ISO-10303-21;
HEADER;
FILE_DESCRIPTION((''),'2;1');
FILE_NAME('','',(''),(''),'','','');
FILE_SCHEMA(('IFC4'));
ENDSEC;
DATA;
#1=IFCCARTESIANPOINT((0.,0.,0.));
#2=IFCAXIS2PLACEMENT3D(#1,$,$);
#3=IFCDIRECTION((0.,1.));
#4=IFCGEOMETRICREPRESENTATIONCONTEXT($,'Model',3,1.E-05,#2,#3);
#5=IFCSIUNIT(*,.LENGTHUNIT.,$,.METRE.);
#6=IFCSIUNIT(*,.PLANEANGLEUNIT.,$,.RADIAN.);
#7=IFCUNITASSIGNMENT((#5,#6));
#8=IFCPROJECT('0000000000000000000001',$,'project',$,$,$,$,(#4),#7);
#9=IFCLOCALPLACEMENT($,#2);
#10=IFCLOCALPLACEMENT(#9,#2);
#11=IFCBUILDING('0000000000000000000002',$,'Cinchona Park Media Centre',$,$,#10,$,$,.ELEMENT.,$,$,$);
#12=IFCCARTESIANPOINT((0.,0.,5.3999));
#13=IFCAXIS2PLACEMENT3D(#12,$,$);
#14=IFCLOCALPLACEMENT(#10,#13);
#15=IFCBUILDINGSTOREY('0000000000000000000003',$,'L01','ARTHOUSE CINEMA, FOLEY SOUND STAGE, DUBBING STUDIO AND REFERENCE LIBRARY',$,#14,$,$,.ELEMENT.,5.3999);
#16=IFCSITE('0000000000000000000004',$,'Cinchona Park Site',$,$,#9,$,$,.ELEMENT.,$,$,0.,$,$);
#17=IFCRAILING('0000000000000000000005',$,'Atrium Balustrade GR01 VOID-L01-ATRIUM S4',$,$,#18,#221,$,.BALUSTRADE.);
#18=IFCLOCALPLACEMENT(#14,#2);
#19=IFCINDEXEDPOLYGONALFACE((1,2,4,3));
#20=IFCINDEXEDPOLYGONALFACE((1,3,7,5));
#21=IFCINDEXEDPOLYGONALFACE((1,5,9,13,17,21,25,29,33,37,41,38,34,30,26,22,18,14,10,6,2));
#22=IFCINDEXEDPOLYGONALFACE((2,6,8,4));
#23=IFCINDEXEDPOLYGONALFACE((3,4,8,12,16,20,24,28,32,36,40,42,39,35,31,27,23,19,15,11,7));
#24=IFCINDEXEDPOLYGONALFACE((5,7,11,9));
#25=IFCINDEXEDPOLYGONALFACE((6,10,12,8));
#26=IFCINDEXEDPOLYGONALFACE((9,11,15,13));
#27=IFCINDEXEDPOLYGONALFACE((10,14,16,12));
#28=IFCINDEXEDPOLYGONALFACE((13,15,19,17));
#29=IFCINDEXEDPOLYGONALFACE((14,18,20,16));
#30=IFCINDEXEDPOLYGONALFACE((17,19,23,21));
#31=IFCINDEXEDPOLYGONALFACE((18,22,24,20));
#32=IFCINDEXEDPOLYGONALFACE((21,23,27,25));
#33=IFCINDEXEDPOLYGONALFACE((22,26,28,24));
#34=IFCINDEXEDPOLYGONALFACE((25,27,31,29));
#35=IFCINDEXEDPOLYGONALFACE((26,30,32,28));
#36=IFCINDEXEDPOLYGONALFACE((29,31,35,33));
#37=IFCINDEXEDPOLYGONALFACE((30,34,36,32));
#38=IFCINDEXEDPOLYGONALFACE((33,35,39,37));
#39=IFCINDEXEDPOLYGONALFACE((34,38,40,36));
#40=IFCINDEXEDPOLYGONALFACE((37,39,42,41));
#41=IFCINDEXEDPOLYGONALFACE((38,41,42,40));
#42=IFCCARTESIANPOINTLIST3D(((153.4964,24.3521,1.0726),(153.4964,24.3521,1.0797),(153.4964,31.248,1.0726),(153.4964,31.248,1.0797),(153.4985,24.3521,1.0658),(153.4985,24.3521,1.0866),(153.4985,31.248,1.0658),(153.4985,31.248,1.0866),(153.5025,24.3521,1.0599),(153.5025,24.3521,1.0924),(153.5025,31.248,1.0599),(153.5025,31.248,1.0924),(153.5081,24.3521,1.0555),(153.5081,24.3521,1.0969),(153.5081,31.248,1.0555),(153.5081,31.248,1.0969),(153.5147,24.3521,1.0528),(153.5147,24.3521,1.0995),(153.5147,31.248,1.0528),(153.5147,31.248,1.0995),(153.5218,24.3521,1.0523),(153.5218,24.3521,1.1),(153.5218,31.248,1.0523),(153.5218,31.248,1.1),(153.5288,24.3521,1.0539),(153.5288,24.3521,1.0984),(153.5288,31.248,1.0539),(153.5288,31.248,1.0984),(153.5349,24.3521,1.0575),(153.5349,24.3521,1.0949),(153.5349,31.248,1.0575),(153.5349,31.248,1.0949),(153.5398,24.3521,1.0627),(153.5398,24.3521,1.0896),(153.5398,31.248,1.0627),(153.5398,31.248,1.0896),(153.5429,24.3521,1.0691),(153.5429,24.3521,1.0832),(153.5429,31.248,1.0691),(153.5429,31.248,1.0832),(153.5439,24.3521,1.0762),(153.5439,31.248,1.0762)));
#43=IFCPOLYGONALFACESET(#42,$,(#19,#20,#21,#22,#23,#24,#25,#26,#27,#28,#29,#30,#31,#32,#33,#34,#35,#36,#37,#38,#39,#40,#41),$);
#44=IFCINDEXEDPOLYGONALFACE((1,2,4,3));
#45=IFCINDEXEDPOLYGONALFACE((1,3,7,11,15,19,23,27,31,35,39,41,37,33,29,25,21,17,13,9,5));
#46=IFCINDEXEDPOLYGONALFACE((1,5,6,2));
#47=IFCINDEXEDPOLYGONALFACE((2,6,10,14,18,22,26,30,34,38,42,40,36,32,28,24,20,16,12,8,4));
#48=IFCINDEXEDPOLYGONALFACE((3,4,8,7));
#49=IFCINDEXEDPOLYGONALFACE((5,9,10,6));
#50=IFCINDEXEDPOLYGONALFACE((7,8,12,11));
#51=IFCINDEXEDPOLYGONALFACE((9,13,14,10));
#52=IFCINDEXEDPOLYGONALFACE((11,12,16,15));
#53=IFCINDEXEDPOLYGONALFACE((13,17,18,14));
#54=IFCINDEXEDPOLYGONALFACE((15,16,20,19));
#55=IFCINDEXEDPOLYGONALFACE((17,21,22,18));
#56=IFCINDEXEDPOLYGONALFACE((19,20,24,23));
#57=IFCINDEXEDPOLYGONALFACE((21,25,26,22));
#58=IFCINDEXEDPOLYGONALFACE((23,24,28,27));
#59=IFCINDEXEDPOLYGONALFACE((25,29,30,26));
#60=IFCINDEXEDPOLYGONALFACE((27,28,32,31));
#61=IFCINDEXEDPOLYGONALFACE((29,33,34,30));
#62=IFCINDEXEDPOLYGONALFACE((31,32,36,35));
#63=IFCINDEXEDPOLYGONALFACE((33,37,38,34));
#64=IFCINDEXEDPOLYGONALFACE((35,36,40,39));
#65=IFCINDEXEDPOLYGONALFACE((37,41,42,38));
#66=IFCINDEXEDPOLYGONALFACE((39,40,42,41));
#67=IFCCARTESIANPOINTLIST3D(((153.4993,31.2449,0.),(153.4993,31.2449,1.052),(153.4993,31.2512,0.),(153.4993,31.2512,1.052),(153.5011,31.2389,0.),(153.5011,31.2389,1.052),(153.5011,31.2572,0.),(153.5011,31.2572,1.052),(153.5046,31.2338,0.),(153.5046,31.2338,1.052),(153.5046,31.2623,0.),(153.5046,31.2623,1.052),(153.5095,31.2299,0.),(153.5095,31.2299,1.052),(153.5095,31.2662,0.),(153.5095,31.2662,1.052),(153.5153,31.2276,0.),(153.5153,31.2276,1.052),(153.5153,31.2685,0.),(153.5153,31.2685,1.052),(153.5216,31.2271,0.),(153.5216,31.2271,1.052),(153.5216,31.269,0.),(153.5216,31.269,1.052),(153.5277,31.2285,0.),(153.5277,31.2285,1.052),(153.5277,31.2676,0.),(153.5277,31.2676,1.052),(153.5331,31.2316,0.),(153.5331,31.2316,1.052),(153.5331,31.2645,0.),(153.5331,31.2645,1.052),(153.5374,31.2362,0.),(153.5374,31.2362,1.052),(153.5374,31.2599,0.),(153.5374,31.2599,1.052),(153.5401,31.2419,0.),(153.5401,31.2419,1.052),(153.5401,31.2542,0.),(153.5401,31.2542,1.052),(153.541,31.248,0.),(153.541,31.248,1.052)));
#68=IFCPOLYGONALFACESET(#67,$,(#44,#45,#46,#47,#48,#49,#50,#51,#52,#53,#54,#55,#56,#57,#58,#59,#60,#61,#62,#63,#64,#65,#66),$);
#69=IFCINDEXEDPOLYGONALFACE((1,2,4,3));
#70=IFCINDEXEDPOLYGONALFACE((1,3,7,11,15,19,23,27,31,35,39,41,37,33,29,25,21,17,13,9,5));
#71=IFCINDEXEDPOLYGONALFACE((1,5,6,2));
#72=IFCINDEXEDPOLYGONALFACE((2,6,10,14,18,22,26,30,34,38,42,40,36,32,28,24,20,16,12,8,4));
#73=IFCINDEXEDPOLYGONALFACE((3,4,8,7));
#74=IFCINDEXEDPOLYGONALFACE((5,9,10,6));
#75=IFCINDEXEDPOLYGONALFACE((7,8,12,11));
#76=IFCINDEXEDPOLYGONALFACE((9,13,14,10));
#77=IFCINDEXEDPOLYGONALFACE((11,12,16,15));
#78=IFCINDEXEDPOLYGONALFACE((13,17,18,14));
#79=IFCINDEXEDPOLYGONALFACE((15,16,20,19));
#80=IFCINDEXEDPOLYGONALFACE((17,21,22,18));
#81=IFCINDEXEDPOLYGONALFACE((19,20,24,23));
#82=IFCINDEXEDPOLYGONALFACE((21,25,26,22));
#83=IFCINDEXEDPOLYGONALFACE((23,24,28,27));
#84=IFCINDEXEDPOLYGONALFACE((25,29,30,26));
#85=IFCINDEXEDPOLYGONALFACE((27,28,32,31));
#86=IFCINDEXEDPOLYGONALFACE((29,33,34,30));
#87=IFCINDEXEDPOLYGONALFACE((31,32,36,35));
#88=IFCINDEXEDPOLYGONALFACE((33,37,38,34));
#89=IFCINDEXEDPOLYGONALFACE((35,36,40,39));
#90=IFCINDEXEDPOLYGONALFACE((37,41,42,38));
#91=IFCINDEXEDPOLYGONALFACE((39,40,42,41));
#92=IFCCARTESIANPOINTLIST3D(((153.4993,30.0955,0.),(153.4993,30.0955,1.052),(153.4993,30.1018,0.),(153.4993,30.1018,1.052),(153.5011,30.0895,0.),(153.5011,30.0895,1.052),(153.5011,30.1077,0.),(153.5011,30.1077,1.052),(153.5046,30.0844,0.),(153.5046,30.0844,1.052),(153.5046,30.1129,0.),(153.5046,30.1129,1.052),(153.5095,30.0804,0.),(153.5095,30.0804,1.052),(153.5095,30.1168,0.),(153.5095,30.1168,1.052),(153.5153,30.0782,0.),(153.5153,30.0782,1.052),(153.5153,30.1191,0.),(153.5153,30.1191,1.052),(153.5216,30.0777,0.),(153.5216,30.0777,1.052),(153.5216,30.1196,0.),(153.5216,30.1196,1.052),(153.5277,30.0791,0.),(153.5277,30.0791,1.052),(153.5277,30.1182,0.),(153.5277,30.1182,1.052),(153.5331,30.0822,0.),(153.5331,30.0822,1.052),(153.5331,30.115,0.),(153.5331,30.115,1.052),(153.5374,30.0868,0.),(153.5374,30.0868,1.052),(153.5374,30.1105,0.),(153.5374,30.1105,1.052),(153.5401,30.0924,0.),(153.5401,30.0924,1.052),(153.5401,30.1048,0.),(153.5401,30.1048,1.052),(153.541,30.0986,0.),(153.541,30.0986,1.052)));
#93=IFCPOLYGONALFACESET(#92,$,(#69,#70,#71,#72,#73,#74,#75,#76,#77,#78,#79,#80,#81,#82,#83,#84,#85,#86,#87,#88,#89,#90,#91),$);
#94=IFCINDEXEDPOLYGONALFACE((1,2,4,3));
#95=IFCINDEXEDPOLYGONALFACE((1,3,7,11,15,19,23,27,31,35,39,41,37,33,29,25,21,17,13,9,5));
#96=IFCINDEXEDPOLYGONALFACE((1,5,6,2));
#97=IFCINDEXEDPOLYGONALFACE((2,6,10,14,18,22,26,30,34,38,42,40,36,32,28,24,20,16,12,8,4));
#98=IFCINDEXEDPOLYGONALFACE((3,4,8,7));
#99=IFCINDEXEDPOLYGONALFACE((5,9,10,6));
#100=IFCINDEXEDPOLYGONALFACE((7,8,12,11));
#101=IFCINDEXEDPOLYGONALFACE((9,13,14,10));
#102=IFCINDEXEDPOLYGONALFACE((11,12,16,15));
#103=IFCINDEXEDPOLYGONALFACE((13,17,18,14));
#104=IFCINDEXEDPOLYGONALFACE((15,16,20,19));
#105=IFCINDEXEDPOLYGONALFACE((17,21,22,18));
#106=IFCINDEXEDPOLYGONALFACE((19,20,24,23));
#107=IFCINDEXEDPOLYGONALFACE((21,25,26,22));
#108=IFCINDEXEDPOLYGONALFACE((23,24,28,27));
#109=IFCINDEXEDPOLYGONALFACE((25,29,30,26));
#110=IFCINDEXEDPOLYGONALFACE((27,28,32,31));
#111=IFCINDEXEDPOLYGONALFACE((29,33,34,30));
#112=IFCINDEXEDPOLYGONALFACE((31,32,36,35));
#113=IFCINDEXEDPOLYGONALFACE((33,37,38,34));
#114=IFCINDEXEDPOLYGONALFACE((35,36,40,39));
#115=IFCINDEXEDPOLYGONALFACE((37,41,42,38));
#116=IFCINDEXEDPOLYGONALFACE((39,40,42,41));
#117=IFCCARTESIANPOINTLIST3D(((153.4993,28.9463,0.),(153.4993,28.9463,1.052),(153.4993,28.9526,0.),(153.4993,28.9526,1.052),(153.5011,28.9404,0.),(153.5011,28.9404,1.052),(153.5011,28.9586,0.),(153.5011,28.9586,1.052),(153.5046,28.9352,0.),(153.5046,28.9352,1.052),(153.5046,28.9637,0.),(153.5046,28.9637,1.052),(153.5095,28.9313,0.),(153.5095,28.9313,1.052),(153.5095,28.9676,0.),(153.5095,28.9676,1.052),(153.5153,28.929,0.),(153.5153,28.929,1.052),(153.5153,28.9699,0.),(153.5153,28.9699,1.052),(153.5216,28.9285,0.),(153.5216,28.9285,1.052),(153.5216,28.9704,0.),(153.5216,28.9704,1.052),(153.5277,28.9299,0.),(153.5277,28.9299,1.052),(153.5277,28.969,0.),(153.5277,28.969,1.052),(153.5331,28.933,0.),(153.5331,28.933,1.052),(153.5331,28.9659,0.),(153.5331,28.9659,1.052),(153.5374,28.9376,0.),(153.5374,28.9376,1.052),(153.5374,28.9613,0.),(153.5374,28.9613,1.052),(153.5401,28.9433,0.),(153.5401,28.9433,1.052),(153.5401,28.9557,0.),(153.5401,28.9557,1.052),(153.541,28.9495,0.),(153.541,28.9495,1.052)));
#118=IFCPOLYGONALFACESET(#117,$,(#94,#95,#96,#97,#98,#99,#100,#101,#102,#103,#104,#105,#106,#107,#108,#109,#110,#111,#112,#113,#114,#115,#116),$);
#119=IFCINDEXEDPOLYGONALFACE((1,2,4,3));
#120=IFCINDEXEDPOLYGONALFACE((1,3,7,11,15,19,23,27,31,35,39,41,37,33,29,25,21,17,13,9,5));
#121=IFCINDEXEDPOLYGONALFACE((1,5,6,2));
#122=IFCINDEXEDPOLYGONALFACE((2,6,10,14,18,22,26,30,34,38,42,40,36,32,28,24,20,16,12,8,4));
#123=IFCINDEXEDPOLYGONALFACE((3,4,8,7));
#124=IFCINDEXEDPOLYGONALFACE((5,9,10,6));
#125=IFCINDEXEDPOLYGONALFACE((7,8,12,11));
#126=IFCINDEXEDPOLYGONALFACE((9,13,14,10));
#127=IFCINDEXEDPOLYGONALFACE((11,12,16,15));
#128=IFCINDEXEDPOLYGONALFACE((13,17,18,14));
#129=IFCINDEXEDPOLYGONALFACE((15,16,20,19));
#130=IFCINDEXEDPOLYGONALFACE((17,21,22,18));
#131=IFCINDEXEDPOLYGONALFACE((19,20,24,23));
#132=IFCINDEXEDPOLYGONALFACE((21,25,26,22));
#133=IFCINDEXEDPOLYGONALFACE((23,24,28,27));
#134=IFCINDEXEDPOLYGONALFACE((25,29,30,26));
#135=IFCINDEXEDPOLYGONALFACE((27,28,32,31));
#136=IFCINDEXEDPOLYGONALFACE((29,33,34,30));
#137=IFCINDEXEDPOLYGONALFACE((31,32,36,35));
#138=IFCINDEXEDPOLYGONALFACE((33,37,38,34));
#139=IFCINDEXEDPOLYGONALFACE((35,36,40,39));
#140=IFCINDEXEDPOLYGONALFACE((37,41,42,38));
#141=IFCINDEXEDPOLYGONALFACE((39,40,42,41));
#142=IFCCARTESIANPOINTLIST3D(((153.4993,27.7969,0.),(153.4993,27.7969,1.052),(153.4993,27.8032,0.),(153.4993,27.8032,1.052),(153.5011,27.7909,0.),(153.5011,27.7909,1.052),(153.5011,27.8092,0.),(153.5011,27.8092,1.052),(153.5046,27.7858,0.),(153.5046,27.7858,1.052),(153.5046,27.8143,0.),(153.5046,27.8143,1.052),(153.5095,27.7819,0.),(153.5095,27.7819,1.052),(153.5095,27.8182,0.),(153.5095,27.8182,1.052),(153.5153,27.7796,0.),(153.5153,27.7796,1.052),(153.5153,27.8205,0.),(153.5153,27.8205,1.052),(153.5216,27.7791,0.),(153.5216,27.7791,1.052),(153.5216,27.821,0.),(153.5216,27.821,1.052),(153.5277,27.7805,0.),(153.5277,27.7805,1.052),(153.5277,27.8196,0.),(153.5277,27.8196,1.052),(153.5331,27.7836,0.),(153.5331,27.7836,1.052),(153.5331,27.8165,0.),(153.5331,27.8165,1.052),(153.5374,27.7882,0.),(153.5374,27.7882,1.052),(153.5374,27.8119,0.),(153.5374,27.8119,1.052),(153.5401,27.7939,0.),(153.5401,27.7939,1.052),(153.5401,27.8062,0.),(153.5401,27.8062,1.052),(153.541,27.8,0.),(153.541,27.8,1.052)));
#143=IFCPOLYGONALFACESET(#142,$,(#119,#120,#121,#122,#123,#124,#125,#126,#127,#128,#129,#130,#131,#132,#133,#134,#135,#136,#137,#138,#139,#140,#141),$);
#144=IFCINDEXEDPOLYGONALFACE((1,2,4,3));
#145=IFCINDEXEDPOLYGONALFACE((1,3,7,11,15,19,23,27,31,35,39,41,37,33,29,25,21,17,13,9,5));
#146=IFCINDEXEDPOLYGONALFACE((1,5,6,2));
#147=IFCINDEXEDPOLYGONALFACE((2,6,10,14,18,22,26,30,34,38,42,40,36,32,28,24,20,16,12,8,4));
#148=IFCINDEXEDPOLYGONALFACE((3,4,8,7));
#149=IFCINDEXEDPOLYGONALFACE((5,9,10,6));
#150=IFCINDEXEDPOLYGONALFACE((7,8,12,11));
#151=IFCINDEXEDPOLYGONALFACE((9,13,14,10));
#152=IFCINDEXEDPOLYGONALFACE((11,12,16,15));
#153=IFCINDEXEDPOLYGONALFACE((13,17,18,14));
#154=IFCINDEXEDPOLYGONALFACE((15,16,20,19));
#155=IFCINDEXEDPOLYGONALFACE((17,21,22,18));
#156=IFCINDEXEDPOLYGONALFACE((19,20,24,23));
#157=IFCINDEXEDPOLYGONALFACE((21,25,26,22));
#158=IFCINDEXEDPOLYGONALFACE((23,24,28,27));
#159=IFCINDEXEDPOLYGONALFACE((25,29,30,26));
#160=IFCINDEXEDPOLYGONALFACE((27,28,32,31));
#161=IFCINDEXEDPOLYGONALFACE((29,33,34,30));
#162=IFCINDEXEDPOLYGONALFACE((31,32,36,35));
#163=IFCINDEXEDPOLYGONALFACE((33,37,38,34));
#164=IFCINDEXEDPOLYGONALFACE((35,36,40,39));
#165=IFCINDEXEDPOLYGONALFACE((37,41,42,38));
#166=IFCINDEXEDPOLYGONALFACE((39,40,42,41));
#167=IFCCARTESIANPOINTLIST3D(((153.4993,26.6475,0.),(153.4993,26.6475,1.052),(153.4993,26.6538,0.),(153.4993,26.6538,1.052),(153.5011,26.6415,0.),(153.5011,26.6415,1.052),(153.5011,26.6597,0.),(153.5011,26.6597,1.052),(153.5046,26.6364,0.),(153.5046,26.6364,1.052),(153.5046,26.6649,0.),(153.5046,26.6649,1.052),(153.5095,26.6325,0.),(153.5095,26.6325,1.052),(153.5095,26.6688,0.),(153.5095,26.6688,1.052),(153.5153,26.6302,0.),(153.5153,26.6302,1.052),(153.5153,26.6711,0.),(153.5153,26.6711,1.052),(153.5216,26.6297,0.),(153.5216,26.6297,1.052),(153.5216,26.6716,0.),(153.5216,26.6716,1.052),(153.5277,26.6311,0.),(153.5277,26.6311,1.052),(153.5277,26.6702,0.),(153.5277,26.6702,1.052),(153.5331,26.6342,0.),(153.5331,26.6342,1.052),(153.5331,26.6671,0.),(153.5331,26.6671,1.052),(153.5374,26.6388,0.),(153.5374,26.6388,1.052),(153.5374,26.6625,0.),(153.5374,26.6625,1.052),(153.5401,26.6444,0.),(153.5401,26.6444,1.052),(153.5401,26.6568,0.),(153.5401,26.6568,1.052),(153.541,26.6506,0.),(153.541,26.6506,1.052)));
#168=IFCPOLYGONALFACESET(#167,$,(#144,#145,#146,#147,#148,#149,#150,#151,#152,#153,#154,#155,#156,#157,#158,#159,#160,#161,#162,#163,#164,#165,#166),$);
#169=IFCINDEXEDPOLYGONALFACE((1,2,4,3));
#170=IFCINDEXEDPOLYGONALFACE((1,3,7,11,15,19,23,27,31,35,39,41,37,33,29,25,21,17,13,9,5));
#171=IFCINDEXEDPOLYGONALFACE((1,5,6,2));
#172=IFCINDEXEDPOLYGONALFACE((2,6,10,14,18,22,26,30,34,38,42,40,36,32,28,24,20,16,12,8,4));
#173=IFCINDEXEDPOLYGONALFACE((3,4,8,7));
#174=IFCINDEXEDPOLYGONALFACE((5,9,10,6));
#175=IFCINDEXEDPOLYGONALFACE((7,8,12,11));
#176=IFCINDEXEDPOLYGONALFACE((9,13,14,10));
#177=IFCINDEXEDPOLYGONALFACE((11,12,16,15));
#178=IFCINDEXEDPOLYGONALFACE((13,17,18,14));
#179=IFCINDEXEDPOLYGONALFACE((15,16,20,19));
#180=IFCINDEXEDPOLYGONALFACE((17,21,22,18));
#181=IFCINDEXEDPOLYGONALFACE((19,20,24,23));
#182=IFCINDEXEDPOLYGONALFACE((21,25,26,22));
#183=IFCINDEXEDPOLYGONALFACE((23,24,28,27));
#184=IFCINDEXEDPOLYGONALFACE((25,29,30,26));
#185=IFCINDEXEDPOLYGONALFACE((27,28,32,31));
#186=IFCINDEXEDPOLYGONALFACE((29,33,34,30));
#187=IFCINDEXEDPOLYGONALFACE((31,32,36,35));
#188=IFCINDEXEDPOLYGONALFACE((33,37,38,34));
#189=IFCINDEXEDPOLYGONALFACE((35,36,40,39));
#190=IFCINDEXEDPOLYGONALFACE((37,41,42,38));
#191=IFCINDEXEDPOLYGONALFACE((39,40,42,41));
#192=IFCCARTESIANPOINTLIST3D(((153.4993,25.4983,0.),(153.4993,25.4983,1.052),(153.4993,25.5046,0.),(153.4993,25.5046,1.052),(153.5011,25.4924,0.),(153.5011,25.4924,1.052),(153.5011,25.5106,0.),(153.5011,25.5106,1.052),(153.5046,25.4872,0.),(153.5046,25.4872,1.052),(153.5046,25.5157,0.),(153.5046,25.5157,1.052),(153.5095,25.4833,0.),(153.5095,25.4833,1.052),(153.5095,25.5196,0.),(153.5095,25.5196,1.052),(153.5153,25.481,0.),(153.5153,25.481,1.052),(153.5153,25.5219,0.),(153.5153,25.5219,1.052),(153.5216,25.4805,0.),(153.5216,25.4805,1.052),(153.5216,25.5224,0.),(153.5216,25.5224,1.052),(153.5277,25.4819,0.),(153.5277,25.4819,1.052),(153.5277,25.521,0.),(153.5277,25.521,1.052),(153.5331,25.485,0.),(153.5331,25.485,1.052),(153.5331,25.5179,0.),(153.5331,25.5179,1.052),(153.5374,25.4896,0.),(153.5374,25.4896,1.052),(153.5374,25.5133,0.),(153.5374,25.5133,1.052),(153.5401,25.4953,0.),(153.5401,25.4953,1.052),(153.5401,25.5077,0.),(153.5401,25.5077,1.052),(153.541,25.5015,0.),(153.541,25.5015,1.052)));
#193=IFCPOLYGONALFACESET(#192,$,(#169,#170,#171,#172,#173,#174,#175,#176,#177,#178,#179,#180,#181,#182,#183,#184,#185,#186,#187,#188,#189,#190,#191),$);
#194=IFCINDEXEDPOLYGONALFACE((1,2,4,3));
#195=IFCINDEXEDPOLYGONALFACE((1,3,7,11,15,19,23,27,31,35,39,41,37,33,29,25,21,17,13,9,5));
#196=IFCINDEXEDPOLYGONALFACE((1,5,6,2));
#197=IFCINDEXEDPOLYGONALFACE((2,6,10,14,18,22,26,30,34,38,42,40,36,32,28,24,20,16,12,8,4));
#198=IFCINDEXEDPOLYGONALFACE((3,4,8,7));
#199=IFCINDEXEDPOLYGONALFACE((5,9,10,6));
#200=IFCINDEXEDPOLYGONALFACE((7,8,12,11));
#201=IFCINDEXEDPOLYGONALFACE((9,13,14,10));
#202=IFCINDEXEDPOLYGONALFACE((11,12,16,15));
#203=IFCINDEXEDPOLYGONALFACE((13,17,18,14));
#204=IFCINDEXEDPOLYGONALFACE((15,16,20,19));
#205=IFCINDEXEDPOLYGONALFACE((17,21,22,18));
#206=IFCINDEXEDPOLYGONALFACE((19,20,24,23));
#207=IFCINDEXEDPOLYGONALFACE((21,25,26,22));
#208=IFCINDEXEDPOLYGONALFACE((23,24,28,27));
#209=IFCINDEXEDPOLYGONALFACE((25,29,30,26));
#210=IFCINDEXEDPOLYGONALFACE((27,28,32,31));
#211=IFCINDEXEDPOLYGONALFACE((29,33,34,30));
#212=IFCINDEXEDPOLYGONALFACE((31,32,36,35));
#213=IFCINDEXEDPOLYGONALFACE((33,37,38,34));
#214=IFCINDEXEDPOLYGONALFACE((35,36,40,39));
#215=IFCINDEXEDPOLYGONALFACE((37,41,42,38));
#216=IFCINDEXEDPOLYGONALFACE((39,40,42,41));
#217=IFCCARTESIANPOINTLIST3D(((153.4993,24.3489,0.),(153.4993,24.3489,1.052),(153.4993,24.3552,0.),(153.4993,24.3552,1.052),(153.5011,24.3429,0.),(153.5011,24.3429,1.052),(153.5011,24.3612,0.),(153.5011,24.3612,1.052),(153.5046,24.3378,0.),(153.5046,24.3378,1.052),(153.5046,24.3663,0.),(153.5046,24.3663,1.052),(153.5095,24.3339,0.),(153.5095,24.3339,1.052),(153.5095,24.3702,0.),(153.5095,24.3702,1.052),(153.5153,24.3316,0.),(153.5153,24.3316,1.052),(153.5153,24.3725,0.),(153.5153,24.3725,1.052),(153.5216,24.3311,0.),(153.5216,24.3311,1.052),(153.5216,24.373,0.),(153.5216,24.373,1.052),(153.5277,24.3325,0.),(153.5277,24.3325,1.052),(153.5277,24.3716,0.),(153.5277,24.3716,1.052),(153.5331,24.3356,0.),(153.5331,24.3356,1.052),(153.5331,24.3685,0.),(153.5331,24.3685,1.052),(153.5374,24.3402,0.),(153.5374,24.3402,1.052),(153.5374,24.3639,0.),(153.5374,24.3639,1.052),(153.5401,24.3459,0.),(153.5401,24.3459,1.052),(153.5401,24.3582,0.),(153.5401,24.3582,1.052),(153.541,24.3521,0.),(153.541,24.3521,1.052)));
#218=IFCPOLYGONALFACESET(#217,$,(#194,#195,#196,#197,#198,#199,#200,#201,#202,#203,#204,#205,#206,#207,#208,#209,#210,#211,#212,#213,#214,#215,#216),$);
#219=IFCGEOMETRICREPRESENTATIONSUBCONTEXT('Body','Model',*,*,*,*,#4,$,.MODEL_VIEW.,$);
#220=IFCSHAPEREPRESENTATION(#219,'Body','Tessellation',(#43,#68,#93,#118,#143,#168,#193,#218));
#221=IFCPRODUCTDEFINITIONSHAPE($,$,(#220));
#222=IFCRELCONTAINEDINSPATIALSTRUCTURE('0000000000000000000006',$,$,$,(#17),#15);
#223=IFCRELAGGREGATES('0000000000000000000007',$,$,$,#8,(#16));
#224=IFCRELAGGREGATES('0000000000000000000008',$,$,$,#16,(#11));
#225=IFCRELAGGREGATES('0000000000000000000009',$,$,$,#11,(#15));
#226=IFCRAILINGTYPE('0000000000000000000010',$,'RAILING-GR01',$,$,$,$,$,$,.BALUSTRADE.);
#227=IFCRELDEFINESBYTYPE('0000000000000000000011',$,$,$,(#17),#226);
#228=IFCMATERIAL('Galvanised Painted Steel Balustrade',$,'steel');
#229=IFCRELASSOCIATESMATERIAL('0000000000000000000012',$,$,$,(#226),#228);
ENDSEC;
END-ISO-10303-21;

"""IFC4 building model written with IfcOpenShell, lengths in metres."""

from ifc_helpers import new_model, si_unit, direction, frame, origin, origin_2d, place, context, subcontext, project, spatial, circle, extrude, material, type_object, element, save


model = new_model("IFC4")

# Units and contexts
model_context = context("Model", 3, precision=1e-05, world=origin(), true_north=direction((0.0, 1.0)))
body_context = subcontext(model_context, "Body", "Model", "MODEL_VIEW")
ifc_project = project(units=[si_unit("LENGTHUNIT", "METRE"), si_unit("PLANEANGLEUNIT", "RADIAN")], contexts=[model_context])

# Site, building, storey
site_placement = place(None, origin())
site = spatial("IfcSite", under=ifc_project, at=site_placement, Name="Cinchona Park Site", CompositionType="ELEMENT", RefElevation=0.0)
building_placement = place(site_placement, origin())
building = spatial("IfcBuilding", under=site, at=building_placement, Name="Cinchona Park Media Centre", CompositionType="ELEMENT")
storey_placement = place(building_placement, frame((0.0, 0.0, 5.3999)))
storey = spatial("IfcBuildingStorey", under=building, at=storey_placement, Name="L01", Description="ARTHOUSE CINEMA, FOLEY SOUND STAGE, DUBBING STUDIO AND REFERENCE LIBRARY", CompositionType="ELEMENT", Elevation=5.3999)

# Railing
ifc_material_1 = material(Name="Galvanised Painted Steel Balustrade", Category="steel")
railing_type = type_object("IfcRailingType", Name="RAILING-GR01", PredefinedType="BALUSTRADE", material=ifc_material_1)
railing_1_placement = place(storey_placement, frame((153.52, 31.248, 0.0)))
element("IfcRailing", 1, at=railing_1_placement, inside=storey, type_object=railing_type, Name="Atrium Balustrade GR01 VOID-L01-ATRIUM S4", PredefinedType="BALUSTRADE", context=body_context, shape_type="SweptSolid", body=[
    extrude(circle(Radius=0.0239, at=origin_2d()), frame((0.0, 0.0, 1.0762), z_axis=(0.0, -1.0, 0.0), x_axis=(1.0, 0.0, 0.0)), (0.0, 0.0, 1.0), 6.896),
    extrude(circle(Radius=0.021, at=origin_2d()), origin(), (0.0, 0.0, 1.0), 1.052),
    extrude(circle(Radius=0.021, at=origin_2d()), frame((0.0, -1.1494, 0.0)), (0.0, 0.0, 1.0), 1.052),
    extrude(circle(Radius=0.021, at=origin_2d()), frame((0.0, -2.2986, 0.0)), (0.0, 0.0, 1.0), 1.052),
    extrude(circle(Radius=0.021, at=origin_2d()), frame((0.0, -3.448, 0.0)), (0.0, 0.0, 1.0), 1.052),
    extrude(circle(Radius=0.021, at=origin_2d()), frame((0.0, -4.5974, 0.0)), (0.0, 0.0, 1.0), 1.052),
    extrude(circle(Radius=0.021, at=origin_2d()), frame((0.0, -5.7466, 0.0)), (0.0, 0.0, 1.0), 1.052),
    extrude(circle(Radius=0.021, at=origin_2d()), frame((0.0, -6.896, 0.0)), (0.0, 0.0, 1.0), 1.052),
])

save(model, "model.ifc")
